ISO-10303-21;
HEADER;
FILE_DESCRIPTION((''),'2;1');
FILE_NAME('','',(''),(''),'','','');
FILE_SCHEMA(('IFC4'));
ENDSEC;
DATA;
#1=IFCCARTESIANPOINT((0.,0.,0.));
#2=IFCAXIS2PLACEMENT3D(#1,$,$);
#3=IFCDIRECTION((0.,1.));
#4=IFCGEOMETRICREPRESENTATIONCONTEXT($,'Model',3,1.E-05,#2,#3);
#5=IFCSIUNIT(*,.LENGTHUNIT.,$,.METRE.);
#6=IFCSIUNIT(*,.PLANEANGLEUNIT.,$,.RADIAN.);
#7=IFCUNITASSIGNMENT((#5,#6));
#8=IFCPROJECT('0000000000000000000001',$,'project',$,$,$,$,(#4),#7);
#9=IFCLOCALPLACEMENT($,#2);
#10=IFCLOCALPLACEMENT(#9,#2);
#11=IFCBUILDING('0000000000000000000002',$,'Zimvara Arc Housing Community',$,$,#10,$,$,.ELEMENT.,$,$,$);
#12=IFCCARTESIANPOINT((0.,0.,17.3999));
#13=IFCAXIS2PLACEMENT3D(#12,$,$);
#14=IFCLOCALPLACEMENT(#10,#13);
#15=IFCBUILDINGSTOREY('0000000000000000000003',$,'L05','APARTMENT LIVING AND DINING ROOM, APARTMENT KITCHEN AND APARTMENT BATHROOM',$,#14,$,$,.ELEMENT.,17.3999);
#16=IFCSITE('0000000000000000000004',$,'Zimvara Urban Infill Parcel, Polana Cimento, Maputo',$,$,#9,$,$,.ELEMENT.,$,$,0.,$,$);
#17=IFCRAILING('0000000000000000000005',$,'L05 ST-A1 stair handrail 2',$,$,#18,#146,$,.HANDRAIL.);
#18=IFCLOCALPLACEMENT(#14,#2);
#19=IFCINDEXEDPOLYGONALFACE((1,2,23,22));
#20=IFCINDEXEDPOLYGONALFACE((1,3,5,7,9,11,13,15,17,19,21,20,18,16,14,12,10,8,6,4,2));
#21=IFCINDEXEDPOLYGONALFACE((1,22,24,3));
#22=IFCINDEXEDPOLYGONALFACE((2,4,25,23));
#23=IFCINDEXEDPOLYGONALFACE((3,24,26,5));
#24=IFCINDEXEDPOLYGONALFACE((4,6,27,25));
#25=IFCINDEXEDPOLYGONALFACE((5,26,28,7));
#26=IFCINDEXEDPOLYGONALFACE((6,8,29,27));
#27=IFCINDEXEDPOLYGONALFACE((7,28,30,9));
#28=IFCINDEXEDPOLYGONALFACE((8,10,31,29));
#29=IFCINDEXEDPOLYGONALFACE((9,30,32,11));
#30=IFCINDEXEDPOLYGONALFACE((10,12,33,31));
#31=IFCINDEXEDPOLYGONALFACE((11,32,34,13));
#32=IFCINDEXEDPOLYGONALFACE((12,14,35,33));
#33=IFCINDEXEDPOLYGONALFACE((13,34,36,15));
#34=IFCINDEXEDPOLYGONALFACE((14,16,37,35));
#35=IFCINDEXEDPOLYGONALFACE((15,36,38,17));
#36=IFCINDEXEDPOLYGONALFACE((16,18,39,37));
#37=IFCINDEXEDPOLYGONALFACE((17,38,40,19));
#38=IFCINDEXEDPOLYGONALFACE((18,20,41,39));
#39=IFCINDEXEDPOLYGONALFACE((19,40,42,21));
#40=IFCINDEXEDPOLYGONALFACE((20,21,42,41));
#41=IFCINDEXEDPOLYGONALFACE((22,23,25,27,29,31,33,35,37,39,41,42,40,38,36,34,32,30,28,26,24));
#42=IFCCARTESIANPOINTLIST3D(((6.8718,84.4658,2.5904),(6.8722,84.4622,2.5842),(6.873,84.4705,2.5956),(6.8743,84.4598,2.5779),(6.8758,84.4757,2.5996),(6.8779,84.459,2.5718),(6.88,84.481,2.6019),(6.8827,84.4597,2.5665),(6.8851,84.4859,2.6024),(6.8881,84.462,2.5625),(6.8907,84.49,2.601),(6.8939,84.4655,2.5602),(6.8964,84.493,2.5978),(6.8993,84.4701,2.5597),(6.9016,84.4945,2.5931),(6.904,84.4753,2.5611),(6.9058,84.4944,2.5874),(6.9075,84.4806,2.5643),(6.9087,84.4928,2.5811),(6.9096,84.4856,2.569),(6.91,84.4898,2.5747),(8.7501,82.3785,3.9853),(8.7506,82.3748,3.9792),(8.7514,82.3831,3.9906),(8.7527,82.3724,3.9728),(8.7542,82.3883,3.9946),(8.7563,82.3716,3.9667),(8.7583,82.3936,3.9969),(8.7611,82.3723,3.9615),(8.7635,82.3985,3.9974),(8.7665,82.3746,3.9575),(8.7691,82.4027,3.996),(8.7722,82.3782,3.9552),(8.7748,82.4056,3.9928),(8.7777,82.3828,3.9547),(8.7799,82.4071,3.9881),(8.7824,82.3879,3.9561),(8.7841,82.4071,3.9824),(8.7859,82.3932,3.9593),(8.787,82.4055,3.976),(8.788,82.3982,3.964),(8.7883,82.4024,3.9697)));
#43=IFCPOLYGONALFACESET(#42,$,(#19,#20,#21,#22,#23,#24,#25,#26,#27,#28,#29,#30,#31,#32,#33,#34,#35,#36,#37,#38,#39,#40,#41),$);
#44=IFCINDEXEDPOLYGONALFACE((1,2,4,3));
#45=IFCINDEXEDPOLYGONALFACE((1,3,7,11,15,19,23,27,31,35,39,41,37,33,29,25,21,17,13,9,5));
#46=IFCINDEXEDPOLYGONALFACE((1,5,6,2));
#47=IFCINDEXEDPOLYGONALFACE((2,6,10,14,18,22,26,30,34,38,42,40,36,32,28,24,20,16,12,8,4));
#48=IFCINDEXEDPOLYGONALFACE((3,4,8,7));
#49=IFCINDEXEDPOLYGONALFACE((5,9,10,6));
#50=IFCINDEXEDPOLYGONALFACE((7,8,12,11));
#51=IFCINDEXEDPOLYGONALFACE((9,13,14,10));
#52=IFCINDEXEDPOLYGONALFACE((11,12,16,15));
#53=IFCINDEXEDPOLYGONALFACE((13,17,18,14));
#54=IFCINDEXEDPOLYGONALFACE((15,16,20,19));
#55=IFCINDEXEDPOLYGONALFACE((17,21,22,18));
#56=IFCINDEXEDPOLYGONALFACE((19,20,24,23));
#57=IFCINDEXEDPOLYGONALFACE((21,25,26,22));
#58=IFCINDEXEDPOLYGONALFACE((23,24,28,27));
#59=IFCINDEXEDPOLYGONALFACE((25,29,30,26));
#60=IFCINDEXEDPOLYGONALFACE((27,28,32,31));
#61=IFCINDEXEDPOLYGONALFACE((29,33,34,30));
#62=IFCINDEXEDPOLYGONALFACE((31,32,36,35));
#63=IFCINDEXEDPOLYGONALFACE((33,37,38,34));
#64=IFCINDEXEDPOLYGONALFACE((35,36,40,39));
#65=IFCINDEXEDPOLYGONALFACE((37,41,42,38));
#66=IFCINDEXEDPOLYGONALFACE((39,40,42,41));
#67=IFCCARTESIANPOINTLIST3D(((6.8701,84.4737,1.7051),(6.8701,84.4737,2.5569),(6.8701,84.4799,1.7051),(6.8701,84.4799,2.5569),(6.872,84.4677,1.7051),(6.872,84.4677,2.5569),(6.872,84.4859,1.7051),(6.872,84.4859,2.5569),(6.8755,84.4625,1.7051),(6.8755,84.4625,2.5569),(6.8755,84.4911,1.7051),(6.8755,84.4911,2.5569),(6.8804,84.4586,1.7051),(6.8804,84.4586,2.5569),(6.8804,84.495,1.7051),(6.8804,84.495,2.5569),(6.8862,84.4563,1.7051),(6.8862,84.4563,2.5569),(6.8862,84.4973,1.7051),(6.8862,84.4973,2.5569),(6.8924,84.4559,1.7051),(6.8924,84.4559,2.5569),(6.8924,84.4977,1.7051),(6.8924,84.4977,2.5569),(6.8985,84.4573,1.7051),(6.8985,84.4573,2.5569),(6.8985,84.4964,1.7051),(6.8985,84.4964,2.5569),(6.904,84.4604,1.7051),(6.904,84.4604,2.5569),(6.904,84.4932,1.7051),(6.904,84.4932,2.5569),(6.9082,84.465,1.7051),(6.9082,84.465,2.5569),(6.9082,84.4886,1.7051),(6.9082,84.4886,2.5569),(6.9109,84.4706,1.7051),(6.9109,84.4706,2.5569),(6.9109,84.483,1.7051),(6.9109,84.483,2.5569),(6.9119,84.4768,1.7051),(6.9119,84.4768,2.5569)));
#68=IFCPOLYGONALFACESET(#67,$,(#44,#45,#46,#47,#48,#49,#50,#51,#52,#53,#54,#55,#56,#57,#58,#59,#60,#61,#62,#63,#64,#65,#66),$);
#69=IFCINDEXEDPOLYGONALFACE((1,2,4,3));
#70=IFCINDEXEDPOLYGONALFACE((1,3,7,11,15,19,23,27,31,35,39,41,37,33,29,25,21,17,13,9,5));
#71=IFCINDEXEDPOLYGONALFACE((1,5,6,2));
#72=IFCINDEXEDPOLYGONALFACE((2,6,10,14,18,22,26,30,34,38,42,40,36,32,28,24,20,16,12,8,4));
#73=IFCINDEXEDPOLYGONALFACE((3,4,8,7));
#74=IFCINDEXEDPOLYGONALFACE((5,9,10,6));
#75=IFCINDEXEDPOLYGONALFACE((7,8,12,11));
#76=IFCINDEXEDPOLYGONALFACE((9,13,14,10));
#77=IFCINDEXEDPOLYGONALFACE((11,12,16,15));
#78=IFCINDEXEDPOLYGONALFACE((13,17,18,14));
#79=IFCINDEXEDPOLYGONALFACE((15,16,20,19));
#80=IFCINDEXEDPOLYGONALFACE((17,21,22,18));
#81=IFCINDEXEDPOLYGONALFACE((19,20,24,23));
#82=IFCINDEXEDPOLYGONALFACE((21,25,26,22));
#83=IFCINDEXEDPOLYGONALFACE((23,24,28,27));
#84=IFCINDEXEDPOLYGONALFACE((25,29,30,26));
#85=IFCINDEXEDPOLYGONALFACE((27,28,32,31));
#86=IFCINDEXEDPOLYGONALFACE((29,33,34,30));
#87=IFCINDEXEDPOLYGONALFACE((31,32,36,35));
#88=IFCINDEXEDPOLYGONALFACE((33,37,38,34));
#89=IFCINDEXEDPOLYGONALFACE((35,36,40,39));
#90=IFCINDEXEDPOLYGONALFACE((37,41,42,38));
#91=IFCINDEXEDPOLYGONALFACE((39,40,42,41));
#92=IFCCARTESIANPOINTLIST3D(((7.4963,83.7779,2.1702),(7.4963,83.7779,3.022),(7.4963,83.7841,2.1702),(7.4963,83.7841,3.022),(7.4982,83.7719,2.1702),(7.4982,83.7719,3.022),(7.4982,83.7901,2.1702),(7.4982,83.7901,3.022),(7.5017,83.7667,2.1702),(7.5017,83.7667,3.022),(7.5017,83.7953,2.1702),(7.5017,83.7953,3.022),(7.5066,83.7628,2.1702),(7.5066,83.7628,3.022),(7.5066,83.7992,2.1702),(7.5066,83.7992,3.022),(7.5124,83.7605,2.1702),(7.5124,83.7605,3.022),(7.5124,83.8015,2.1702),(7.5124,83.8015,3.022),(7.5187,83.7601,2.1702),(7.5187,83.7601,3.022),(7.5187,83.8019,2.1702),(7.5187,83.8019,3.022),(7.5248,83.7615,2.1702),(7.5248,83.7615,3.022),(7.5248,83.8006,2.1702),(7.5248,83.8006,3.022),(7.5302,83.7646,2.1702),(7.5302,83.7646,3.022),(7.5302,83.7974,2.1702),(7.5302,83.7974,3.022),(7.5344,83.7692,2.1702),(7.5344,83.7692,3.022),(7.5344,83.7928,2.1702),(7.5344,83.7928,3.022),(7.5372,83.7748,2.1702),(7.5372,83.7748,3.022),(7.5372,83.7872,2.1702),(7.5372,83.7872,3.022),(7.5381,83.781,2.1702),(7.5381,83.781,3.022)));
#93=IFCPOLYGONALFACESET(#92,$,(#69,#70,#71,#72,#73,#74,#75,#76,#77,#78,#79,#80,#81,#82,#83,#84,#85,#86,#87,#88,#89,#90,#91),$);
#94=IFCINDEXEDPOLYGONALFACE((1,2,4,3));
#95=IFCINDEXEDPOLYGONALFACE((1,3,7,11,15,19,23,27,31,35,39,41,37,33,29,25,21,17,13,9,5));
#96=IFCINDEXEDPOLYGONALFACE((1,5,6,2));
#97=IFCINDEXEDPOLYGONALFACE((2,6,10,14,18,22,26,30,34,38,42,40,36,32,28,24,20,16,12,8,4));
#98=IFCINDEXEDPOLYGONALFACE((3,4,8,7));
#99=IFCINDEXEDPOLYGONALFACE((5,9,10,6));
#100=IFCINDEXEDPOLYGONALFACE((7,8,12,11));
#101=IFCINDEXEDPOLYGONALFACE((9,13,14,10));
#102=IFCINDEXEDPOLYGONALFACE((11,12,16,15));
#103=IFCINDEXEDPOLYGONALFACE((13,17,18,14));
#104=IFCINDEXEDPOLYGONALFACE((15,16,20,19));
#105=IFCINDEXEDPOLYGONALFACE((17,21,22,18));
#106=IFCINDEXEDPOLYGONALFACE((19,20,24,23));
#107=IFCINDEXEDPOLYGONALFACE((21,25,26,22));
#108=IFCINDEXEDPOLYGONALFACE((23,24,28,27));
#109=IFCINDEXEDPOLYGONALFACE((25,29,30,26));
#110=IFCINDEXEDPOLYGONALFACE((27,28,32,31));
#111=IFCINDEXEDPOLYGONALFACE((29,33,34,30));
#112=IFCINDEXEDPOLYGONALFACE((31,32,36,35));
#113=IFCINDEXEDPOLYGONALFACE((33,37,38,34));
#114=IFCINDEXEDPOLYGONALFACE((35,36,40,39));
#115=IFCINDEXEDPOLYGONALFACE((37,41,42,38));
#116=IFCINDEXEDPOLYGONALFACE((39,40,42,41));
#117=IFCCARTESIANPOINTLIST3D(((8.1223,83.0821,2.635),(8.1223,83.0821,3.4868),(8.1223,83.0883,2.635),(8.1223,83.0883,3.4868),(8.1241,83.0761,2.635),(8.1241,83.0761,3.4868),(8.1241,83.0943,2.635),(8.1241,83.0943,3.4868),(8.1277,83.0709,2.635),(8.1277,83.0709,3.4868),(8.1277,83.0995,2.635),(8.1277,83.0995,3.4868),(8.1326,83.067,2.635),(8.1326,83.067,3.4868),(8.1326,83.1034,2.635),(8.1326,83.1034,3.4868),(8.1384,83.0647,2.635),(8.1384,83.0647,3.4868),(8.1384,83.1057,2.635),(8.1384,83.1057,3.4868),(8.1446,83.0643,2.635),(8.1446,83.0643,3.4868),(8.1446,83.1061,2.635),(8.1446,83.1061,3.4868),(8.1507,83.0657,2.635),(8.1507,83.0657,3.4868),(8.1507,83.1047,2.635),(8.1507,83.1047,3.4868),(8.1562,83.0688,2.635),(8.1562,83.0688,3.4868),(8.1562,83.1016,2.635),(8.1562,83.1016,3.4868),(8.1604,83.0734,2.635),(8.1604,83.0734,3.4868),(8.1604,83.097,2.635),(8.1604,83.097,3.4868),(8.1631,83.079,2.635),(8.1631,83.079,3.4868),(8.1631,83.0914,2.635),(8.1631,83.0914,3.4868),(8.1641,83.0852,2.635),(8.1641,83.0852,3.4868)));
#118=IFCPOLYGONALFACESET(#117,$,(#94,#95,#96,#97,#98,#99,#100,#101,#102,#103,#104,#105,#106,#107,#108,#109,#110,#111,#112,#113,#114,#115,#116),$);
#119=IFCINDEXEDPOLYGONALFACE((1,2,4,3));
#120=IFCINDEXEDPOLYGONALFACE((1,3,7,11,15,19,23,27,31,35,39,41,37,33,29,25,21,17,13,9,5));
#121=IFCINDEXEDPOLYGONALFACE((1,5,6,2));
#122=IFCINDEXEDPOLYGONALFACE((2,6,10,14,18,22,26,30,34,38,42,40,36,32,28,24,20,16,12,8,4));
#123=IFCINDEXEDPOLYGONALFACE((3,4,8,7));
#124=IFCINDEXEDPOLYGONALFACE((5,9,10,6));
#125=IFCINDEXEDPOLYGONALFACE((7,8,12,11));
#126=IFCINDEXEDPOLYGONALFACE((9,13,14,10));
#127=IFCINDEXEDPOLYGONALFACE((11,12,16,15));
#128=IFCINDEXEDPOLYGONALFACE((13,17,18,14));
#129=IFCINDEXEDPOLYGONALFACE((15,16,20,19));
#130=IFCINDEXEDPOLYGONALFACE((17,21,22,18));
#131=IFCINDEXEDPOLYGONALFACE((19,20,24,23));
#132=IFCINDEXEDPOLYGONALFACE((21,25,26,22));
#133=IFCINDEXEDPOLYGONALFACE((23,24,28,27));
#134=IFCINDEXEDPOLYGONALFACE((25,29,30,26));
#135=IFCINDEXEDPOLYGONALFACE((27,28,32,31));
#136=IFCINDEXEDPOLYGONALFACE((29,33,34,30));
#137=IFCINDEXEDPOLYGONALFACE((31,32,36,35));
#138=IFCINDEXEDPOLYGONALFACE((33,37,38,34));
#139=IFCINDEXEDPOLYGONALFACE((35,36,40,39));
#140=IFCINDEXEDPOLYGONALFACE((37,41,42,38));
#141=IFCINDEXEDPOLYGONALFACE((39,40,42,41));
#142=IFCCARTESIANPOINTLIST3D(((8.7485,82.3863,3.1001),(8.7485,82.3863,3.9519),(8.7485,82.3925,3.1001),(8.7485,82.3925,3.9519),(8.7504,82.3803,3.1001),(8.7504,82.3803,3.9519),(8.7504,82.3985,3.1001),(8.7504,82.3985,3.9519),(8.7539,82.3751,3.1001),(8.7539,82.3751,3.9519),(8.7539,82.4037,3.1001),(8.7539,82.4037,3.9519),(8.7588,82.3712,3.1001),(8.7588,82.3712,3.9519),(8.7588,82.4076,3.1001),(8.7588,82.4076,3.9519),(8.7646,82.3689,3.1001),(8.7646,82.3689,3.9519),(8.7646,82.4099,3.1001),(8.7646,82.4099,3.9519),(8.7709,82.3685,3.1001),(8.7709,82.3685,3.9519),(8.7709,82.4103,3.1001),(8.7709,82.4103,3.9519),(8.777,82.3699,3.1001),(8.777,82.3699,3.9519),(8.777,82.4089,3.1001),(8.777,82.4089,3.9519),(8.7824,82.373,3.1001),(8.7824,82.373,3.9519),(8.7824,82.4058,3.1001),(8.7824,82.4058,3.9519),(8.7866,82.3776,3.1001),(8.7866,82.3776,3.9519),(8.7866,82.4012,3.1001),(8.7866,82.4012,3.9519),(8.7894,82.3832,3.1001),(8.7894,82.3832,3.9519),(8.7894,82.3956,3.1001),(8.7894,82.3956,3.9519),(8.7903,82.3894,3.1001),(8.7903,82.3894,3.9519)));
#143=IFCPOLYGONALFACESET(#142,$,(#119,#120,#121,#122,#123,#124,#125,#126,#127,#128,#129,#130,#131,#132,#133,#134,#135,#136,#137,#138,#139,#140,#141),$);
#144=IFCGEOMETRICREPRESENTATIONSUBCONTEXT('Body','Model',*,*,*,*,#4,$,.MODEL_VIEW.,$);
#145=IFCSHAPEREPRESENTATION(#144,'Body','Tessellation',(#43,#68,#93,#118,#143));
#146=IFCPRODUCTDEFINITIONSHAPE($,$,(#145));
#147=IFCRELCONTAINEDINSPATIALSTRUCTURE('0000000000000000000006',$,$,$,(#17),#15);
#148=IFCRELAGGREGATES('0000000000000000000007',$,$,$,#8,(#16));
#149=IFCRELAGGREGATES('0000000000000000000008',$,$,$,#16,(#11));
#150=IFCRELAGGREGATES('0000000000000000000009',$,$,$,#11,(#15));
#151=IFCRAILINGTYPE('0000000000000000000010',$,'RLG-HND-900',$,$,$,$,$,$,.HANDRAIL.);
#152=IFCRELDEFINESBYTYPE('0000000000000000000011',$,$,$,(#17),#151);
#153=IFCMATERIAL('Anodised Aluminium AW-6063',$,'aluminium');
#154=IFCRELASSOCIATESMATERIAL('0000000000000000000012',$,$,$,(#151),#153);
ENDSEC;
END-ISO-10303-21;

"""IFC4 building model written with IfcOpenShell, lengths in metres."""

from ifc_helpers import new_model, si_unit, direction, frame, origin, origin_2d, place, context, subcontext, project, spatial, circle, extrude, material, type_object, element, save


model = new_model("IFC4")

# Units and contexts
model_context = context("Model", 3, precision=1e-05, world=origin(), true_north=direction((0.0, 1.0)))
body_context = subcontext(model_context, "Body", "Model", "MODEL_VIEW")
ifc_project = project(units=[si_unit("LENGTHUNIT", "METRE"), si_unit("PLANEANGLEUNIT", "RADIAN")], contexts=[model_context])

# Site, building, storey
site_placement = place(None, origin())
site = spatial("IfcSite", under=ifc_project, at=site_placement, Name="Zimvara Urban Infill Parcel, Polana Cimento, Maputo", CompositionType="ELEMENT", RefElevation=0.0)
building_placement = place(site_placement, origin())
building = spatial("IfcBuilding", under=site, at=building_placement, Name="Zimvara Arc Housing Community", CompositionType="ELEMENT")
storey_placement = place(building_placement, frame((0.0, 0.0, 17.3999)))
storey = spatial("IfcBuildingStorey", under=building, at=storey_placement, Name="L05", Description="APARTMENT LIVING AND DINING ROOM, APARTMENT KITCHEN AND APARTMENT BATHROOM", CompositionType="ELEMENT", Elevation=17.3999)

# Railing
ifc_material_1 = material(Name="Anodised Aluminium AW-6063", Category="aluminium")
railing_type_1 = type_object("IfcRailingType", Name="RLG-HND-900", PredefinedType="HANDRAIL", material=ifc_material_1)
railing_1_placement = place(storey_placement, frame((6.8909, 84.4768, 1.7051)))
element("IfcRailing", 1, at=railing_1_placement, inside=storey, type_object=railing_type_1, Name="L05 ST-A1 stair handrail 2", PredefinedType="HANDRAIL", context=body_context, shape_type="SweptSolid", body=[
    extrude(circle(Radius=0.0239, at=origin_2d()), frame((0.0, 0.0, 0.876), z_axis=(0.599068, -0.665718, 0.444902), x_axis=(0.743337, 0.668917, 0.0)), (0.0, 0.0, 1.0), 3.1355),
    extrude(circle(Radius=0.021, at=origin_2d()), origin(), (0.0, 0.0, 1.0), 0.8518),
    extrude(circle(Radius=0.021, at=origin_2d()), frame((0.6262, -0.6958, 0.4651)), (0.0, 0.0, 1.0), 0.8518),
    extrude(circle(Radius=0.021, at=origin_2d()), frame((1.2522, -1.3916, 0.9299)), (0.0, 0.0, 1.0), 0.8518),
    extrude(circle(Radius=0.021, at=origin_2d()), frame((1.8784, -2.0874, 1.395)), (0.0, 0.0, 1.0), 0.8518),
])

save(model, "model.ifc")
